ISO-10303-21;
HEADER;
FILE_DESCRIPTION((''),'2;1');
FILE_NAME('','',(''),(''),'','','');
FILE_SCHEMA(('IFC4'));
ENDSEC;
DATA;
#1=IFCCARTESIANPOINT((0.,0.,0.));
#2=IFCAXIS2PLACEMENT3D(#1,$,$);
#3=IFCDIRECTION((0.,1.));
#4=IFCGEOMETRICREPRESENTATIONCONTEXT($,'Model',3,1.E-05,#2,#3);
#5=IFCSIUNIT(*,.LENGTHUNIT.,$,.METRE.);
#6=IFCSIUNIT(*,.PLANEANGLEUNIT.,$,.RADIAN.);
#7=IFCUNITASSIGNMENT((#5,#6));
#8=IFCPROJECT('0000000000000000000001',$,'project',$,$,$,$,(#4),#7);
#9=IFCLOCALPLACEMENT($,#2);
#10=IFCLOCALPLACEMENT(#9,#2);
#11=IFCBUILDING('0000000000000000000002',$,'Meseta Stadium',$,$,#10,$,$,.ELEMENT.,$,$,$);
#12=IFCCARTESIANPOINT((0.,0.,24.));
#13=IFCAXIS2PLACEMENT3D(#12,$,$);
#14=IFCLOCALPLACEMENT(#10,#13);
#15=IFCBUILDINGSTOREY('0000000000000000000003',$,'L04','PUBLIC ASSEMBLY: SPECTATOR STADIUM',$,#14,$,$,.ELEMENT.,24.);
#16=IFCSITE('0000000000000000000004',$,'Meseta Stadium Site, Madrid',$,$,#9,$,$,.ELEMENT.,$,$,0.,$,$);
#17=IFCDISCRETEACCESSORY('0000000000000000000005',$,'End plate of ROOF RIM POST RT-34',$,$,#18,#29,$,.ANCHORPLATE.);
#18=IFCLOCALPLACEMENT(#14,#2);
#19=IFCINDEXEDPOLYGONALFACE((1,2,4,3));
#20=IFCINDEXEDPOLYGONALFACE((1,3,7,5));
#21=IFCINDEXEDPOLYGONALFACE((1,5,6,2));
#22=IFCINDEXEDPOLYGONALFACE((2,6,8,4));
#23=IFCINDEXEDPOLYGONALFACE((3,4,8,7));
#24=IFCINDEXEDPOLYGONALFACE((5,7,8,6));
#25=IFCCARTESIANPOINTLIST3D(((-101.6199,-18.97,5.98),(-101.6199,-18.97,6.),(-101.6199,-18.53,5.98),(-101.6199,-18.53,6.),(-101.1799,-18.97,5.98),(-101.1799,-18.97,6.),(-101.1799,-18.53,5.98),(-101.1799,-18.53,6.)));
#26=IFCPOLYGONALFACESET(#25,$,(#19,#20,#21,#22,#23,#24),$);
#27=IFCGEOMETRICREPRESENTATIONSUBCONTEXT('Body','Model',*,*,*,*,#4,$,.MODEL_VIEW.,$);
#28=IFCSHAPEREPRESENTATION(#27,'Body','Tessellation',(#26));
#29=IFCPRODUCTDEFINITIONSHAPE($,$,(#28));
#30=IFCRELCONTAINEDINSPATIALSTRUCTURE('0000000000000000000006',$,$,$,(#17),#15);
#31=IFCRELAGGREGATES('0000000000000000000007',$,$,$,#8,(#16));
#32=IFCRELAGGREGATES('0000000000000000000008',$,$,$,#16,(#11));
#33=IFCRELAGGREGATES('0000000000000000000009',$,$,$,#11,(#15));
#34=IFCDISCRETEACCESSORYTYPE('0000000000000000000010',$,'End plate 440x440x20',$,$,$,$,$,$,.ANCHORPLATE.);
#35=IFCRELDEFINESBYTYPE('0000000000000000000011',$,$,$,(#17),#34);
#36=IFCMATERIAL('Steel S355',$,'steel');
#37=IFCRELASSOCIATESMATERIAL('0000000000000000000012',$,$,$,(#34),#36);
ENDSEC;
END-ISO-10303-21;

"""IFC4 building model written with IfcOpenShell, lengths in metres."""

from ifc_helpers import new_model, si_unit, direction, frame, origin, origin_2d, place, context, subcontext, project, spatial, rectangle, extrude, material, material_profile, profile_set, type_object, element, save


model = new_model("IFC4")

# Units and contexts
model_context = context("Model", 3, precision=1e-05, world=origin(), true_north=direction((0.0, 1.0)))
body_context = subcontext(model_context, "Body", "Model", "MODEL_VIEW")
ifc_project = project(units=[si_unit("LENGTHUNIT", "METRE"), si_unit("PLANEANGLEUNIT", "RADIAN")], contexts=[model_context])

# Site, building, storey
site_placement = place(None, origin())
site = spatial("IfcSite", under=ifc_project, at=site_placement, Name="Meseta Stadium Site, Madrid", CompositionType="ELEMENT", RefElevation=0.0)
building_placement = place(site_placement, origin())
building = spatial("IfcBuilding", under=site, at=building_placement, Name="Meseta Stadium", CompositionType="ELEMENT")
storey_placement = place(building_placement, frame((0.0, 0.0, 24.0)))
storey = spatial("IfcBuildingStorey", under=building, at=storey_placement, Name="L04", Description="PUBLIC ASSEMBLY: SPECTATOR STADIUM", CompositionType="ELEMENT", Elevation=24.0)

# Discrete accessory
ifc_material_1 = material(Name="Steel S355", Category="steel")
ifc_material_profile_1 = material_profile(ifc_material_1, rectangle(XDim=0.4399, YDim=0.4399, at=origin_2d()), Name="PL 440x440")
ifc_profile_set_1 = profile_set([ifc_material_profile_1], Name="Steel S355")
discrete_accessory_type = type_object("IfcDiscreteAccessoryType", Name="End plate 440x440x20", PredefinedType="ANCHORPLATE", material=ifc_profile_set_1)
discrete_accessory_placement = place(storey_placement, frame((-101.3999, -18.75, 5.98), z_axis=(0.0, 0.0, 1.0), x_axis=(1.0, 0.0, 0.0)))
element("IfcDiscreteAccessory", 1, at=discrete_accessory_placement, inside=storey, type_object=discrete_accessory_type, Name="End plate of ROOF RIM POST RT-34", PredefinedType="ANCHORPLATE", context=body_context, shape_type="SweptSolid", body=[
    extrude(rectangle(XDim=0.4399, YDim=0.4399, at=origin_2d()), origin(), (0.0, 0.0, 1.0), 0.02),
])

save(model, "model.ifc")
